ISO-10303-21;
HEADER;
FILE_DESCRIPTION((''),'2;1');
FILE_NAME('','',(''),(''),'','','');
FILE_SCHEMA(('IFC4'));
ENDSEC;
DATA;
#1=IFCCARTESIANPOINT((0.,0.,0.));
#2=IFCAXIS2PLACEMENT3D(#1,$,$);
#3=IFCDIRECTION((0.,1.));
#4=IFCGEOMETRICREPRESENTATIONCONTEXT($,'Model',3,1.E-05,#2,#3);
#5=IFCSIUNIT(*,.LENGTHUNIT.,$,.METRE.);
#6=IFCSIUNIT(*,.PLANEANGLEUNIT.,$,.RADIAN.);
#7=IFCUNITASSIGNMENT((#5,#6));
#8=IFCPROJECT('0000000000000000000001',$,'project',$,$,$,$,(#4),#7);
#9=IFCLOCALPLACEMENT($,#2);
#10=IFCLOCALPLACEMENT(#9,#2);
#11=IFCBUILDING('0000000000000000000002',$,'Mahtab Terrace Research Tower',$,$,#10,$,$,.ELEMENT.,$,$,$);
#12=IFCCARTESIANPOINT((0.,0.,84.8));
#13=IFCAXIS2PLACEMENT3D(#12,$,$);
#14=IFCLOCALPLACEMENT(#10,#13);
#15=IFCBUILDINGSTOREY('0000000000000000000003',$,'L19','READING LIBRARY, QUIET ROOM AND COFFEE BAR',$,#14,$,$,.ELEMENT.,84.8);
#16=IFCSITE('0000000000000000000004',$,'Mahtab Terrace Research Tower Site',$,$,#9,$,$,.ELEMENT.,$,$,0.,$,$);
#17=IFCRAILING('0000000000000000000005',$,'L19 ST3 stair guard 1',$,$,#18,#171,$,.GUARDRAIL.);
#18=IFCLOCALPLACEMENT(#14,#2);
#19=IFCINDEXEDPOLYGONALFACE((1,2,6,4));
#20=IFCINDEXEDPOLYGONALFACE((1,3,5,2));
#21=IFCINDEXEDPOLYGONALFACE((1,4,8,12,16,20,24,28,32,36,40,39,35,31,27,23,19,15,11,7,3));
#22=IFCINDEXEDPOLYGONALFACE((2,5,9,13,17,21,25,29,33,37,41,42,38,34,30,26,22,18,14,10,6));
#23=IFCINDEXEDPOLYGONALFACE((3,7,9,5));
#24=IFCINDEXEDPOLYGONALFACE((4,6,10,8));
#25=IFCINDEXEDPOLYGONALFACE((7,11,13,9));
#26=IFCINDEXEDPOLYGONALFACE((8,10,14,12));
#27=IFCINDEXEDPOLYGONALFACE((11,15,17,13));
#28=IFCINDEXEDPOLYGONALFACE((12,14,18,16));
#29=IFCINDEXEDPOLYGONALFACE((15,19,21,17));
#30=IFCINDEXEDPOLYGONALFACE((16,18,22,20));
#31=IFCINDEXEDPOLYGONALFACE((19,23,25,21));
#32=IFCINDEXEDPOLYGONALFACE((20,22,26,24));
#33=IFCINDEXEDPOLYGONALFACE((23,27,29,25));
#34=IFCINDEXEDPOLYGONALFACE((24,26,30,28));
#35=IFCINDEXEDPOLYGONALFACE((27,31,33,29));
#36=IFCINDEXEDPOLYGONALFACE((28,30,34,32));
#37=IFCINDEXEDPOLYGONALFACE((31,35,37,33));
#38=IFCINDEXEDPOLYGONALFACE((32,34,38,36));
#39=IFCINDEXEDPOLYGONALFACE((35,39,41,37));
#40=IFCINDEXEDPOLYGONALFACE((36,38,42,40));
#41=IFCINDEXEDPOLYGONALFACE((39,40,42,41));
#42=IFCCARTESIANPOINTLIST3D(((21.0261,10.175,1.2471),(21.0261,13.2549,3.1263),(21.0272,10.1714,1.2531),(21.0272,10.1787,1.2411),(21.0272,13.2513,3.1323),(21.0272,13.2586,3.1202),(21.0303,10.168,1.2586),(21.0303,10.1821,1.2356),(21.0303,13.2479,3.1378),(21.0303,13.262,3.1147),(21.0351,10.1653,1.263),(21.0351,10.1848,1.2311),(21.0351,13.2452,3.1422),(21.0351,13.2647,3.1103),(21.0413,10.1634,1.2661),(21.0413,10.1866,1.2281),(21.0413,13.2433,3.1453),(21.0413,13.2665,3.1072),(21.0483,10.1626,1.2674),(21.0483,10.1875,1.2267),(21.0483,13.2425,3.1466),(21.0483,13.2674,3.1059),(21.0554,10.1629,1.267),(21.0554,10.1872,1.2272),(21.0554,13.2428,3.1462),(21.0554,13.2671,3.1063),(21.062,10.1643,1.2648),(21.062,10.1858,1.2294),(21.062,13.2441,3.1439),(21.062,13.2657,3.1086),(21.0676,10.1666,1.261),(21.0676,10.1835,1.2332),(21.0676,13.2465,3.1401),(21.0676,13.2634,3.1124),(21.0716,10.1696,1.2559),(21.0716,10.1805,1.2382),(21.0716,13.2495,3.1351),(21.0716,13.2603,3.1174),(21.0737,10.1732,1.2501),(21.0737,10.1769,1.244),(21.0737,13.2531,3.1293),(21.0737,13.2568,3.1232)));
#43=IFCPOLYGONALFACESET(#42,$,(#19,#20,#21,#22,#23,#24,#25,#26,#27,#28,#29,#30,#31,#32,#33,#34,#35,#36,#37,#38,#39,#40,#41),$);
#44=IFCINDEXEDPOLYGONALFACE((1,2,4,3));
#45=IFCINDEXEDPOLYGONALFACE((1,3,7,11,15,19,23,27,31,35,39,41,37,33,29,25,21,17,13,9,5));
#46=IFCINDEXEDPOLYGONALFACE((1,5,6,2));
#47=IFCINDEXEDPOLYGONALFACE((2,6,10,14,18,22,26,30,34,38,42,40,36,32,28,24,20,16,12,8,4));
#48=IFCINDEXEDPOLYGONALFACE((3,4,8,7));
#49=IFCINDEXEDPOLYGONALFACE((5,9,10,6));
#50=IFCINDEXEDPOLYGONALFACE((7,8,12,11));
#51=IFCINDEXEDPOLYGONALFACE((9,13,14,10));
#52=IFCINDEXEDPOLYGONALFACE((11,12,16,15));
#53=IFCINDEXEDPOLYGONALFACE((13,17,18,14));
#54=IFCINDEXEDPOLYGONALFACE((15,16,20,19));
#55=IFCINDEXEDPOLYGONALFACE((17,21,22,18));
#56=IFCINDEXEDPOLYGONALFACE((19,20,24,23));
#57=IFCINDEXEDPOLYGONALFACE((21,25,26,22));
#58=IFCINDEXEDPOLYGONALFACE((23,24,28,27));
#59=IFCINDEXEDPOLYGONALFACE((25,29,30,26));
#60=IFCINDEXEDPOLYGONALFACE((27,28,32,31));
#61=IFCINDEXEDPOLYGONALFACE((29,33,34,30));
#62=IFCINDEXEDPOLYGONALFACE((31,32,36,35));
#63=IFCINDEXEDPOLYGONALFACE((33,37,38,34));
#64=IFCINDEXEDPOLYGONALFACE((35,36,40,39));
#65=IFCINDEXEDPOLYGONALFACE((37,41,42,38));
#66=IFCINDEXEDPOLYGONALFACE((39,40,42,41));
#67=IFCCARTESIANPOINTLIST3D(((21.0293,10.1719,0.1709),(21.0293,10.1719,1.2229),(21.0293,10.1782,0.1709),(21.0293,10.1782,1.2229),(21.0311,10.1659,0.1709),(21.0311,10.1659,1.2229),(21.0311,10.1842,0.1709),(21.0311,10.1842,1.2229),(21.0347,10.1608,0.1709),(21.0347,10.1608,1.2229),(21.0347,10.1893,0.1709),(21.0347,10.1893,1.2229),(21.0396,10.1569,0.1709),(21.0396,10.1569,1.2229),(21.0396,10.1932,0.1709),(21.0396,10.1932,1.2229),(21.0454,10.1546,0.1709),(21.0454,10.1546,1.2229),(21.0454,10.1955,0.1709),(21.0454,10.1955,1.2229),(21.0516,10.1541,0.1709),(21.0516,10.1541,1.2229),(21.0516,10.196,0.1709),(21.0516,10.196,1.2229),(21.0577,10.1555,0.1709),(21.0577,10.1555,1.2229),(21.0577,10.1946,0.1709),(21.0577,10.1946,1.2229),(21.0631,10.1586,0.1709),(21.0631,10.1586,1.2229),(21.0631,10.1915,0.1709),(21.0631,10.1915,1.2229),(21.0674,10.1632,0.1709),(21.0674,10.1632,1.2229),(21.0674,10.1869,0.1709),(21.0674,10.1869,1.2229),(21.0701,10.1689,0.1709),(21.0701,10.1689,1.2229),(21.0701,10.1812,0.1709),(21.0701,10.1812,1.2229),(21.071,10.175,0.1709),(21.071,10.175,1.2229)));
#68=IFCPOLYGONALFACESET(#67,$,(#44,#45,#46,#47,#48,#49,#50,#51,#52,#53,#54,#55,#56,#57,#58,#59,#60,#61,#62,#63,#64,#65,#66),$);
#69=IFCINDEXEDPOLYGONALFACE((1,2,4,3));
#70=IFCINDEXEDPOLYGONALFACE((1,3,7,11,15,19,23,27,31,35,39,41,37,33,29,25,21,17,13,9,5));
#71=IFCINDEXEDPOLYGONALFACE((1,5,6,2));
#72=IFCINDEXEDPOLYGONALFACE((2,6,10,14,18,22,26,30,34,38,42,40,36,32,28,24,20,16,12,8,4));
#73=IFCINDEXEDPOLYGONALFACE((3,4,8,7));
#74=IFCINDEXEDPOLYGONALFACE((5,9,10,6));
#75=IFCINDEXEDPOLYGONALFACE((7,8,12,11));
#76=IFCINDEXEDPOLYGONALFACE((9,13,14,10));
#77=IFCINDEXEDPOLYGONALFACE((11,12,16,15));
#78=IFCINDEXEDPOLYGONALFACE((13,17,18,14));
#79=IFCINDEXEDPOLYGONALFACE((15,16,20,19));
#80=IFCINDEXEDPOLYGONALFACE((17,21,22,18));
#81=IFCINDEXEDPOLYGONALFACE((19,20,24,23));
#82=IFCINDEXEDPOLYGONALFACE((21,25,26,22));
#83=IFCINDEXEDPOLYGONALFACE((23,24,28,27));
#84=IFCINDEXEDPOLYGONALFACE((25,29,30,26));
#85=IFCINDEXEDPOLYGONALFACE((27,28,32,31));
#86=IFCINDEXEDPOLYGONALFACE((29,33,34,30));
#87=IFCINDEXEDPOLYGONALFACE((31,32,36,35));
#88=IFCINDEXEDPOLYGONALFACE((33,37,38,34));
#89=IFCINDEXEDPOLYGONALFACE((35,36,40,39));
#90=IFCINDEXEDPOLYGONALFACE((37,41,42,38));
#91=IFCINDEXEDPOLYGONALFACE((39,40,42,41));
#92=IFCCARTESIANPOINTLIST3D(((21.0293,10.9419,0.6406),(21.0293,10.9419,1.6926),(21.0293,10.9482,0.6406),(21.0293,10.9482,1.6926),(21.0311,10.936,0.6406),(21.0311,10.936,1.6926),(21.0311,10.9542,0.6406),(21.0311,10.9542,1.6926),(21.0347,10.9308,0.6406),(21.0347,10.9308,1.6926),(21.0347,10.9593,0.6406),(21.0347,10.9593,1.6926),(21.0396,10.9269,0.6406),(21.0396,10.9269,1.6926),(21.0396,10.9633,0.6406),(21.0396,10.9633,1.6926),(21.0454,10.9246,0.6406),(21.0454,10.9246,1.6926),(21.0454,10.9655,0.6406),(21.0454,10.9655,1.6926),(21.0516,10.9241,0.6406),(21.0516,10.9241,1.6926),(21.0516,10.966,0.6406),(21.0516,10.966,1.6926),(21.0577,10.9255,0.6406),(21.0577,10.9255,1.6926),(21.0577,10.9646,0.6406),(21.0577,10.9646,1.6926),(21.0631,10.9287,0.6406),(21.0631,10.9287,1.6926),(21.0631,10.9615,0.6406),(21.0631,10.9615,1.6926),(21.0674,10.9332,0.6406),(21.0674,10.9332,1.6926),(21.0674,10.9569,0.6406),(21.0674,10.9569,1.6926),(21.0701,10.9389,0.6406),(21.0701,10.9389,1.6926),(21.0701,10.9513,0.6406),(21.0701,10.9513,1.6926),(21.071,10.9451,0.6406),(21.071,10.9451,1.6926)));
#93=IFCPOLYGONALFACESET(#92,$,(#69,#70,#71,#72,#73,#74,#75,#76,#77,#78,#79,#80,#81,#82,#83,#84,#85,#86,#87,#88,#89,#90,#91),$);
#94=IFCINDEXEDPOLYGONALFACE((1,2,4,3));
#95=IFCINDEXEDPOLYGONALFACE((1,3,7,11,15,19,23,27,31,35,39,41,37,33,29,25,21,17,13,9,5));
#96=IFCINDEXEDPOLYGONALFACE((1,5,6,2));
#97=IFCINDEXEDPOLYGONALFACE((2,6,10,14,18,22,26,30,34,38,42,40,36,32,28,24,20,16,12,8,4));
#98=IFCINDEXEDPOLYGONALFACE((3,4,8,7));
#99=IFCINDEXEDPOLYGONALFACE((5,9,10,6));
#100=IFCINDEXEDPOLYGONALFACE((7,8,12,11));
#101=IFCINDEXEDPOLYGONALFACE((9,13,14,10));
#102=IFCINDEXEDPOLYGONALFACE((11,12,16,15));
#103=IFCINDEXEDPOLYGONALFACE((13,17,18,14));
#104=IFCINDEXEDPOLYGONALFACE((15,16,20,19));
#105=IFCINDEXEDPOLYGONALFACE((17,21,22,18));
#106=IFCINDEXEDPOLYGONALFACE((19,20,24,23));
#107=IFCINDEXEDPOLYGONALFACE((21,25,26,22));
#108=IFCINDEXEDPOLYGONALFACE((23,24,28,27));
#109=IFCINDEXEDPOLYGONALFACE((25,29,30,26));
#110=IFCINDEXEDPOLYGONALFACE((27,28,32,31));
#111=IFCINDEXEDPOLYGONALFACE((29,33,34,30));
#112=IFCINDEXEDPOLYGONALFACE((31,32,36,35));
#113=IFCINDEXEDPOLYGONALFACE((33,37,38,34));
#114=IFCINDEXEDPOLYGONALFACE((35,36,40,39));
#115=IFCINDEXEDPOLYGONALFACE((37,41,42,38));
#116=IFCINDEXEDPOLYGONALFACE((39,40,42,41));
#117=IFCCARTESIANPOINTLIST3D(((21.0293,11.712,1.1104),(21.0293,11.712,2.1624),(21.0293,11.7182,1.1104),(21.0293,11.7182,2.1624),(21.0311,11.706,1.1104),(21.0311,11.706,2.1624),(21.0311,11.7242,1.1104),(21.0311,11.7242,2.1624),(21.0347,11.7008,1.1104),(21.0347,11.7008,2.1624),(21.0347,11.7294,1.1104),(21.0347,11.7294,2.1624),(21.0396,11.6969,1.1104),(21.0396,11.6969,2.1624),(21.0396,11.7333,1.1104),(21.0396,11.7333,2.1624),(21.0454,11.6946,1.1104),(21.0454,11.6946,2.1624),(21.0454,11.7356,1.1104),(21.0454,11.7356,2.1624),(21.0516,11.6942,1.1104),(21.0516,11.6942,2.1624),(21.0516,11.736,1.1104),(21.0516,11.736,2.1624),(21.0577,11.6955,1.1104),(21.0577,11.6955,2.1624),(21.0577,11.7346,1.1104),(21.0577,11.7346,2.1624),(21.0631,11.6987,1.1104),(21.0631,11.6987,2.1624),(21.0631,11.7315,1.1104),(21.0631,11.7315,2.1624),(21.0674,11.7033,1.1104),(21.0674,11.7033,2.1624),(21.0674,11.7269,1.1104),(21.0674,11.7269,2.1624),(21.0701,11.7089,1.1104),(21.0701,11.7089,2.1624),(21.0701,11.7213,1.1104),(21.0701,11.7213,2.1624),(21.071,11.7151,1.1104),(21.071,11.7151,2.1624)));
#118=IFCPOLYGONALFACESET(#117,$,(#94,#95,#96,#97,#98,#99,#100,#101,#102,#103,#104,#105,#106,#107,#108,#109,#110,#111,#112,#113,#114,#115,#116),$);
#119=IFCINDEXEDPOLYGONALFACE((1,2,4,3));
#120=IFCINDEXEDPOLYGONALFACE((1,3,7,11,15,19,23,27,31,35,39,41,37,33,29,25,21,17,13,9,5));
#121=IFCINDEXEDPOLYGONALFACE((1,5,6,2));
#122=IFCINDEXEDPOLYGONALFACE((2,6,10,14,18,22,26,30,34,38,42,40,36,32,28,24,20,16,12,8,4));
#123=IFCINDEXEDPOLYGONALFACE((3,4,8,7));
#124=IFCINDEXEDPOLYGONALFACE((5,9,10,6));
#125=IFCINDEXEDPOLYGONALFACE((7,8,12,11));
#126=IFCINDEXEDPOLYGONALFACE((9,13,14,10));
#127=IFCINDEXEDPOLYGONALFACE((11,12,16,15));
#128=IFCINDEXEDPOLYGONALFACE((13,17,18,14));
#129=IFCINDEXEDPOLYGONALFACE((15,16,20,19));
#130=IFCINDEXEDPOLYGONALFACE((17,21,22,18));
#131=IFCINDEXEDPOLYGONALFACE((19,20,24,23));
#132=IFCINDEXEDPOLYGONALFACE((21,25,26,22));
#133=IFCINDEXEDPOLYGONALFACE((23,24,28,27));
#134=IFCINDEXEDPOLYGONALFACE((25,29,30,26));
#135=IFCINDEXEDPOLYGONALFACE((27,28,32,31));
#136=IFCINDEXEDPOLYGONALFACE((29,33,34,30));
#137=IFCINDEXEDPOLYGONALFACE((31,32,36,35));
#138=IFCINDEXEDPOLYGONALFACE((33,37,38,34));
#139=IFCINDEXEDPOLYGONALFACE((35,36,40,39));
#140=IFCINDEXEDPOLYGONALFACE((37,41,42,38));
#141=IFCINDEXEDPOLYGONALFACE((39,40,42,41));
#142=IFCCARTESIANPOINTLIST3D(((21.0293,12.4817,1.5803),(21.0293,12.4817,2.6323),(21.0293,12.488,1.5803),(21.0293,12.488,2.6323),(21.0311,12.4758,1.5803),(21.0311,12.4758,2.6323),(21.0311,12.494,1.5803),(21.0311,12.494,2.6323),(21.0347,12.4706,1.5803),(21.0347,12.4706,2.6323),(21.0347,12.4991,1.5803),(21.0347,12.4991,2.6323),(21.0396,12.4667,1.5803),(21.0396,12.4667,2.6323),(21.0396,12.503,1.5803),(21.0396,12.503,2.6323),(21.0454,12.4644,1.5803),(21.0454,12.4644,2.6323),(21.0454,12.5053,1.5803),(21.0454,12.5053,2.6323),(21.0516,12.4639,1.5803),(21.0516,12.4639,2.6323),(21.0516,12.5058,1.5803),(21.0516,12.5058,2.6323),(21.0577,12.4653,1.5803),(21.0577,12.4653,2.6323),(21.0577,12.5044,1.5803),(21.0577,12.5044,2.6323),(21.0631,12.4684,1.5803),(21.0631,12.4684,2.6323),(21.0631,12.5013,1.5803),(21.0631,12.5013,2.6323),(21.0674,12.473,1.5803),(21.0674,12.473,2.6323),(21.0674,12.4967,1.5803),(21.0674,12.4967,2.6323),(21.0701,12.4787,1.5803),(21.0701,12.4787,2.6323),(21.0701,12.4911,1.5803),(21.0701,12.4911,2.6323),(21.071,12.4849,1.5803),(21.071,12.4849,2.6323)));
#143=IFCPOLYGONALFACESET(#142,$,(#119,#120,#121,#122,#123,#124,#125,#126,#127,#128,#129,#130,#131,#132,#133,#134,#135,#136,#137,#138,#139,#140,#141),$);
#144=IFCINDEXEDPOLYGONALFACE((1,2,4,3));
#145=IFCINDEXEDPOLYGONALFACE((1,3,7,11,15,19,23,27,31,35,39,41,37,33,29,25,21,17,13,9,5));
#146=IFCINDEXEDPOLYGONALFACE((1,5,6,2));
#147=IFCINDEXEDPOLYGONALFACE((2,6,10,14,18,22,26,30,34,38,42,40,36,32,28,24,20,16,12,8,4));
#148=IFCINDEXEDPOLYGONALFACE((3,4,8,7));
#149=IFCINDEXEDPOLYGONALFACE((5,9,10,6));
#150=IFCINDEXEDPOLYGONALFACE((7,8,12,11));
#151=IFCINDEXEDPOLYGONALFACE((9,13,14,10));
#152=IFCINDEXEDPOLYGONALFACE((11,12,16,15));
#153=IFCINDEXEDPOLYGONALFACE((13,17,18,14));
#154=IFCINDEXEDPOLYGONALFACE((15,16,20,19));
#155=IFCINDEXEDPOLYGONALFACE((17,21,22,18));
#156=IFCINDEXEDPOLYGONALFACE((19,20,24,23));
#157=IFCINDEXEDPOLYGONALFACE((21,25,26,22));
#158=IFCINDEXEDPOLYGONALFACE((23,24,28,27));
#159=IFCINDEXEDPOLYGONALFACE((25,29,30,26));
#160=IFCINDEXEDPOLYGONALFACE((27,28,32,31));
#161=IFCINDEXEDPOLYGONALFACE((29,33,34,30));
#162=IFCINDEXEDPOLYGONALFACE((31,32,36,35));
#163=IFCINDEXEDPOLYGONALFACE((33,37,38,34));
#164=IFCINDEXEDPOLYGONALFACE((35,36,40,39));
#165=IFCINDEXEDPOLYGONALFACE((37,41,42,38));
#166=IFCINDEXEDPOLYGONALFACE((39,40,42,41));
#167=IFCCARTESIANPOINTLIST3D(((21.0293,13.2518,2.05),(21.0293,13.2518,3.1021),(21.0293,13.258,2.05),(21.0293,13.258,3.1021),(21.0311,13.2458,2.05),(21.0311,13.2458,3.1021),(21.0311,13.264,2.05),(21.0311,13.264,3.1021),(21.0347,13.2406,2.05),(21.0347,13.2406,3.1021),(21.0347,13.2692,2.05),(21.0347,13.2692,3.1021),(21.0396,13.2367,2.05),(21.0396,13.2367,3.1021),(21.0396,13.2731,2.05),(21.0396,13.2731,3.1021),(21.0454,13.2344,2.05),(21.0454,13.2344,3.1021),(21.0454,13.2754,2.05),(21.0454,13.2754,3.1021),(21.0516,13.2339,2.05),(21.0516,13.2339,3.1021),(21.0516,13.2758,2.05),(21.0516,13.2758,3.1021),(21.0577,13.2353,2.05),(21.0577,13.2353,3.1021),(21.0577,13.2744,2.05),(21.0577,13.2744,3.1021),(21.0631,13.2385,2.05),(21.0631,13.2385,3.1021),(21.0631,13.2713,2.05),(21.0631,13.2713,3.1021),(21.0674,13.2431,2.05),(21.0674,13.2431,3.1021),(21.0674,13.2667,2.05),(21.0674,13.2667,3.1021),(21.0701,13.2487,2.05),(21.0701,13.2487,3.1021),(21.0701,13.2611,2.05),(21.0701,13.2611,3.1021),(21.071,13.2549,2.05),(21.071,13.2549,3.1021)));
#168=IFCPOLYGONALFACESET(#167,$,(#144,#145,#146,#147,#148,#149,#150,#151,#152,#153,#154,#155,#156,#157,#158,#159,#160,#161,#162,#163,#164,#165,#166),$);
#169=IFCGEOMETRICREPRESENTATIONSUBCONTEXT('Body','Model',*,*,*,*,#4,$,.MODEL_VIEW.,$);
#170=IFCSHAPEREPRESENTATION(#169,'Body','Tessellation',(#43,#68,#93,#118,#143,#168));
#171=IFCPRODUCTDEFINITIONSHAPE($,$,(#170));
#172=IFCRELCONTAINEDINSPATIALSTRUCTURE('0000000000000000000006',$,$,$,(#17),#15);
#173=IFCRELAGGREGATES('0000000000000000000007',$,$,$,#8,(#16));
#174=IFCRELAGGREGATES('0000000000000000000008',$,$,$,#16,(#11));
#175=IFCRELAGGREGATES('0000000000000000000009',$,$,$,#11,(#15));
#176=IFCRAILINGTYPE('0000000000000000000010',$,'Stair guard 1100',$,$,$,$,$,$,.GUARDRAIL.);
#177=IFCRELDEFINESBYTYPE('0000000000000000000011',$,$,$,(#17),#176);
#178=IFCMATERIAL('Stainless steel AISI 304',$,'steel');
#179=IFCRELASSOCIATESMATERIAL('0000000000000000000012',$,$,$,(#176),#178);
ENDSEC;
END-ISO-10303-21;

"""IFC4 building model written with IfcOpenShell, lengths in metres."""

from ifc_helpers import new_model, si_unit, direction, frame, origin, origin_2d, place, context, subcontext, project, spatial, circle, extrude, material, type_object, element, save


model = new_model("IFC4")

# Units and contexts
model_context = context("Model", 3, precision=1e-05, world=origin(), true_north=direction((0.0, 1.0)))
body_context = subcontext(model_context, "Body", "Model", "MODEL_VIEW")
ifc_project = project(units=[si_unit("LENGTHUNIT", "METRE"), si_unit("PLANEANGLEUNIT", "RADIAN")], contexts=[model_context])

# Site, building, storey
site_placement = place(None, origin())
site = spatial("IfcSite", under=ifc_project, at=site_placement, Name="Mahtab Terrace Research Tower Site", CompositionType="ELEMENT", RefElevation=0.0)
building_placement = place(site_placement, origin())
building = spatial("IfcBuilding", under=site, at=building_placement, Name="Mahtab Terrace Research Tower", CompositionType="ELEMENT")
storey_placement = place(building_placement, frame((0.0, 0.0, 84.8)))
storey = spatial("IfcBuildingStorey", under=building, at=storey_placement, Name="L19", Description="READING LIBRARY, QUIET ROOM AND COFFEE BAR", CompositionType="ELEMENT", Elevation=84.8)

# Shared definitions
ifc_material_1 = material(Name="Stainless steel AISI 304", Category="steel")

# Railing
railing_type_1 = type_object("IfcRailingType", Name="Stair guard 1100", PredefinedType="GUARDRAIL", material=ifc_material_1)
railing_1_placement = place(storey_placement, frame((21.05, 10.175, 0.1709)))
element("IfcRailing", 1, at=railing_1_placement, inside=storey, type_object=railing_type_1, Name="L19 ST3 stair guard 1", PredefinedType="GUARDRAIL", context=body_context, shape_type="SweptSolid", body=[
    extrude(circle(Radius=0.0239, at=origin_2d()), frame((0.0, 0.0, 1.0762), z_axis=(0.0, 0.853648, 0.52085), x_axis=(-1.0, 0.0, 0.0)), (0.0, 0.0, 1.0), 3.6079),
    extrude(circle(Radius=0.021, at=origin_2d()), origin(), (0.0, 0.0, 1.0), 1.052),
    extrude(circle(Radius=0.021, at=origin_2d()), frame((0.0, 0.77, 0.4697)), (0.0, 0.0, 1.0), 1.052),
    extrude(circle(Radius=0.021, at=origin_2d()), frame((0.0, 1.54, 0.9395)), (0.0, 0.0, 1.0), 1.052),
    extrude(circle(Radius=0.021, at=origin_2d()), frame((0.0, 2.3098, 1.4094)), (0.0, 0.0, 1.0), 1.052),
    extrude(circle(Radius=0.021, at=origin_2d()), frame((0.0, 3.0798, 1.8792)), (0.0, 0.0, 1.0), 1.052),
])

save(model, "model.ifc")
